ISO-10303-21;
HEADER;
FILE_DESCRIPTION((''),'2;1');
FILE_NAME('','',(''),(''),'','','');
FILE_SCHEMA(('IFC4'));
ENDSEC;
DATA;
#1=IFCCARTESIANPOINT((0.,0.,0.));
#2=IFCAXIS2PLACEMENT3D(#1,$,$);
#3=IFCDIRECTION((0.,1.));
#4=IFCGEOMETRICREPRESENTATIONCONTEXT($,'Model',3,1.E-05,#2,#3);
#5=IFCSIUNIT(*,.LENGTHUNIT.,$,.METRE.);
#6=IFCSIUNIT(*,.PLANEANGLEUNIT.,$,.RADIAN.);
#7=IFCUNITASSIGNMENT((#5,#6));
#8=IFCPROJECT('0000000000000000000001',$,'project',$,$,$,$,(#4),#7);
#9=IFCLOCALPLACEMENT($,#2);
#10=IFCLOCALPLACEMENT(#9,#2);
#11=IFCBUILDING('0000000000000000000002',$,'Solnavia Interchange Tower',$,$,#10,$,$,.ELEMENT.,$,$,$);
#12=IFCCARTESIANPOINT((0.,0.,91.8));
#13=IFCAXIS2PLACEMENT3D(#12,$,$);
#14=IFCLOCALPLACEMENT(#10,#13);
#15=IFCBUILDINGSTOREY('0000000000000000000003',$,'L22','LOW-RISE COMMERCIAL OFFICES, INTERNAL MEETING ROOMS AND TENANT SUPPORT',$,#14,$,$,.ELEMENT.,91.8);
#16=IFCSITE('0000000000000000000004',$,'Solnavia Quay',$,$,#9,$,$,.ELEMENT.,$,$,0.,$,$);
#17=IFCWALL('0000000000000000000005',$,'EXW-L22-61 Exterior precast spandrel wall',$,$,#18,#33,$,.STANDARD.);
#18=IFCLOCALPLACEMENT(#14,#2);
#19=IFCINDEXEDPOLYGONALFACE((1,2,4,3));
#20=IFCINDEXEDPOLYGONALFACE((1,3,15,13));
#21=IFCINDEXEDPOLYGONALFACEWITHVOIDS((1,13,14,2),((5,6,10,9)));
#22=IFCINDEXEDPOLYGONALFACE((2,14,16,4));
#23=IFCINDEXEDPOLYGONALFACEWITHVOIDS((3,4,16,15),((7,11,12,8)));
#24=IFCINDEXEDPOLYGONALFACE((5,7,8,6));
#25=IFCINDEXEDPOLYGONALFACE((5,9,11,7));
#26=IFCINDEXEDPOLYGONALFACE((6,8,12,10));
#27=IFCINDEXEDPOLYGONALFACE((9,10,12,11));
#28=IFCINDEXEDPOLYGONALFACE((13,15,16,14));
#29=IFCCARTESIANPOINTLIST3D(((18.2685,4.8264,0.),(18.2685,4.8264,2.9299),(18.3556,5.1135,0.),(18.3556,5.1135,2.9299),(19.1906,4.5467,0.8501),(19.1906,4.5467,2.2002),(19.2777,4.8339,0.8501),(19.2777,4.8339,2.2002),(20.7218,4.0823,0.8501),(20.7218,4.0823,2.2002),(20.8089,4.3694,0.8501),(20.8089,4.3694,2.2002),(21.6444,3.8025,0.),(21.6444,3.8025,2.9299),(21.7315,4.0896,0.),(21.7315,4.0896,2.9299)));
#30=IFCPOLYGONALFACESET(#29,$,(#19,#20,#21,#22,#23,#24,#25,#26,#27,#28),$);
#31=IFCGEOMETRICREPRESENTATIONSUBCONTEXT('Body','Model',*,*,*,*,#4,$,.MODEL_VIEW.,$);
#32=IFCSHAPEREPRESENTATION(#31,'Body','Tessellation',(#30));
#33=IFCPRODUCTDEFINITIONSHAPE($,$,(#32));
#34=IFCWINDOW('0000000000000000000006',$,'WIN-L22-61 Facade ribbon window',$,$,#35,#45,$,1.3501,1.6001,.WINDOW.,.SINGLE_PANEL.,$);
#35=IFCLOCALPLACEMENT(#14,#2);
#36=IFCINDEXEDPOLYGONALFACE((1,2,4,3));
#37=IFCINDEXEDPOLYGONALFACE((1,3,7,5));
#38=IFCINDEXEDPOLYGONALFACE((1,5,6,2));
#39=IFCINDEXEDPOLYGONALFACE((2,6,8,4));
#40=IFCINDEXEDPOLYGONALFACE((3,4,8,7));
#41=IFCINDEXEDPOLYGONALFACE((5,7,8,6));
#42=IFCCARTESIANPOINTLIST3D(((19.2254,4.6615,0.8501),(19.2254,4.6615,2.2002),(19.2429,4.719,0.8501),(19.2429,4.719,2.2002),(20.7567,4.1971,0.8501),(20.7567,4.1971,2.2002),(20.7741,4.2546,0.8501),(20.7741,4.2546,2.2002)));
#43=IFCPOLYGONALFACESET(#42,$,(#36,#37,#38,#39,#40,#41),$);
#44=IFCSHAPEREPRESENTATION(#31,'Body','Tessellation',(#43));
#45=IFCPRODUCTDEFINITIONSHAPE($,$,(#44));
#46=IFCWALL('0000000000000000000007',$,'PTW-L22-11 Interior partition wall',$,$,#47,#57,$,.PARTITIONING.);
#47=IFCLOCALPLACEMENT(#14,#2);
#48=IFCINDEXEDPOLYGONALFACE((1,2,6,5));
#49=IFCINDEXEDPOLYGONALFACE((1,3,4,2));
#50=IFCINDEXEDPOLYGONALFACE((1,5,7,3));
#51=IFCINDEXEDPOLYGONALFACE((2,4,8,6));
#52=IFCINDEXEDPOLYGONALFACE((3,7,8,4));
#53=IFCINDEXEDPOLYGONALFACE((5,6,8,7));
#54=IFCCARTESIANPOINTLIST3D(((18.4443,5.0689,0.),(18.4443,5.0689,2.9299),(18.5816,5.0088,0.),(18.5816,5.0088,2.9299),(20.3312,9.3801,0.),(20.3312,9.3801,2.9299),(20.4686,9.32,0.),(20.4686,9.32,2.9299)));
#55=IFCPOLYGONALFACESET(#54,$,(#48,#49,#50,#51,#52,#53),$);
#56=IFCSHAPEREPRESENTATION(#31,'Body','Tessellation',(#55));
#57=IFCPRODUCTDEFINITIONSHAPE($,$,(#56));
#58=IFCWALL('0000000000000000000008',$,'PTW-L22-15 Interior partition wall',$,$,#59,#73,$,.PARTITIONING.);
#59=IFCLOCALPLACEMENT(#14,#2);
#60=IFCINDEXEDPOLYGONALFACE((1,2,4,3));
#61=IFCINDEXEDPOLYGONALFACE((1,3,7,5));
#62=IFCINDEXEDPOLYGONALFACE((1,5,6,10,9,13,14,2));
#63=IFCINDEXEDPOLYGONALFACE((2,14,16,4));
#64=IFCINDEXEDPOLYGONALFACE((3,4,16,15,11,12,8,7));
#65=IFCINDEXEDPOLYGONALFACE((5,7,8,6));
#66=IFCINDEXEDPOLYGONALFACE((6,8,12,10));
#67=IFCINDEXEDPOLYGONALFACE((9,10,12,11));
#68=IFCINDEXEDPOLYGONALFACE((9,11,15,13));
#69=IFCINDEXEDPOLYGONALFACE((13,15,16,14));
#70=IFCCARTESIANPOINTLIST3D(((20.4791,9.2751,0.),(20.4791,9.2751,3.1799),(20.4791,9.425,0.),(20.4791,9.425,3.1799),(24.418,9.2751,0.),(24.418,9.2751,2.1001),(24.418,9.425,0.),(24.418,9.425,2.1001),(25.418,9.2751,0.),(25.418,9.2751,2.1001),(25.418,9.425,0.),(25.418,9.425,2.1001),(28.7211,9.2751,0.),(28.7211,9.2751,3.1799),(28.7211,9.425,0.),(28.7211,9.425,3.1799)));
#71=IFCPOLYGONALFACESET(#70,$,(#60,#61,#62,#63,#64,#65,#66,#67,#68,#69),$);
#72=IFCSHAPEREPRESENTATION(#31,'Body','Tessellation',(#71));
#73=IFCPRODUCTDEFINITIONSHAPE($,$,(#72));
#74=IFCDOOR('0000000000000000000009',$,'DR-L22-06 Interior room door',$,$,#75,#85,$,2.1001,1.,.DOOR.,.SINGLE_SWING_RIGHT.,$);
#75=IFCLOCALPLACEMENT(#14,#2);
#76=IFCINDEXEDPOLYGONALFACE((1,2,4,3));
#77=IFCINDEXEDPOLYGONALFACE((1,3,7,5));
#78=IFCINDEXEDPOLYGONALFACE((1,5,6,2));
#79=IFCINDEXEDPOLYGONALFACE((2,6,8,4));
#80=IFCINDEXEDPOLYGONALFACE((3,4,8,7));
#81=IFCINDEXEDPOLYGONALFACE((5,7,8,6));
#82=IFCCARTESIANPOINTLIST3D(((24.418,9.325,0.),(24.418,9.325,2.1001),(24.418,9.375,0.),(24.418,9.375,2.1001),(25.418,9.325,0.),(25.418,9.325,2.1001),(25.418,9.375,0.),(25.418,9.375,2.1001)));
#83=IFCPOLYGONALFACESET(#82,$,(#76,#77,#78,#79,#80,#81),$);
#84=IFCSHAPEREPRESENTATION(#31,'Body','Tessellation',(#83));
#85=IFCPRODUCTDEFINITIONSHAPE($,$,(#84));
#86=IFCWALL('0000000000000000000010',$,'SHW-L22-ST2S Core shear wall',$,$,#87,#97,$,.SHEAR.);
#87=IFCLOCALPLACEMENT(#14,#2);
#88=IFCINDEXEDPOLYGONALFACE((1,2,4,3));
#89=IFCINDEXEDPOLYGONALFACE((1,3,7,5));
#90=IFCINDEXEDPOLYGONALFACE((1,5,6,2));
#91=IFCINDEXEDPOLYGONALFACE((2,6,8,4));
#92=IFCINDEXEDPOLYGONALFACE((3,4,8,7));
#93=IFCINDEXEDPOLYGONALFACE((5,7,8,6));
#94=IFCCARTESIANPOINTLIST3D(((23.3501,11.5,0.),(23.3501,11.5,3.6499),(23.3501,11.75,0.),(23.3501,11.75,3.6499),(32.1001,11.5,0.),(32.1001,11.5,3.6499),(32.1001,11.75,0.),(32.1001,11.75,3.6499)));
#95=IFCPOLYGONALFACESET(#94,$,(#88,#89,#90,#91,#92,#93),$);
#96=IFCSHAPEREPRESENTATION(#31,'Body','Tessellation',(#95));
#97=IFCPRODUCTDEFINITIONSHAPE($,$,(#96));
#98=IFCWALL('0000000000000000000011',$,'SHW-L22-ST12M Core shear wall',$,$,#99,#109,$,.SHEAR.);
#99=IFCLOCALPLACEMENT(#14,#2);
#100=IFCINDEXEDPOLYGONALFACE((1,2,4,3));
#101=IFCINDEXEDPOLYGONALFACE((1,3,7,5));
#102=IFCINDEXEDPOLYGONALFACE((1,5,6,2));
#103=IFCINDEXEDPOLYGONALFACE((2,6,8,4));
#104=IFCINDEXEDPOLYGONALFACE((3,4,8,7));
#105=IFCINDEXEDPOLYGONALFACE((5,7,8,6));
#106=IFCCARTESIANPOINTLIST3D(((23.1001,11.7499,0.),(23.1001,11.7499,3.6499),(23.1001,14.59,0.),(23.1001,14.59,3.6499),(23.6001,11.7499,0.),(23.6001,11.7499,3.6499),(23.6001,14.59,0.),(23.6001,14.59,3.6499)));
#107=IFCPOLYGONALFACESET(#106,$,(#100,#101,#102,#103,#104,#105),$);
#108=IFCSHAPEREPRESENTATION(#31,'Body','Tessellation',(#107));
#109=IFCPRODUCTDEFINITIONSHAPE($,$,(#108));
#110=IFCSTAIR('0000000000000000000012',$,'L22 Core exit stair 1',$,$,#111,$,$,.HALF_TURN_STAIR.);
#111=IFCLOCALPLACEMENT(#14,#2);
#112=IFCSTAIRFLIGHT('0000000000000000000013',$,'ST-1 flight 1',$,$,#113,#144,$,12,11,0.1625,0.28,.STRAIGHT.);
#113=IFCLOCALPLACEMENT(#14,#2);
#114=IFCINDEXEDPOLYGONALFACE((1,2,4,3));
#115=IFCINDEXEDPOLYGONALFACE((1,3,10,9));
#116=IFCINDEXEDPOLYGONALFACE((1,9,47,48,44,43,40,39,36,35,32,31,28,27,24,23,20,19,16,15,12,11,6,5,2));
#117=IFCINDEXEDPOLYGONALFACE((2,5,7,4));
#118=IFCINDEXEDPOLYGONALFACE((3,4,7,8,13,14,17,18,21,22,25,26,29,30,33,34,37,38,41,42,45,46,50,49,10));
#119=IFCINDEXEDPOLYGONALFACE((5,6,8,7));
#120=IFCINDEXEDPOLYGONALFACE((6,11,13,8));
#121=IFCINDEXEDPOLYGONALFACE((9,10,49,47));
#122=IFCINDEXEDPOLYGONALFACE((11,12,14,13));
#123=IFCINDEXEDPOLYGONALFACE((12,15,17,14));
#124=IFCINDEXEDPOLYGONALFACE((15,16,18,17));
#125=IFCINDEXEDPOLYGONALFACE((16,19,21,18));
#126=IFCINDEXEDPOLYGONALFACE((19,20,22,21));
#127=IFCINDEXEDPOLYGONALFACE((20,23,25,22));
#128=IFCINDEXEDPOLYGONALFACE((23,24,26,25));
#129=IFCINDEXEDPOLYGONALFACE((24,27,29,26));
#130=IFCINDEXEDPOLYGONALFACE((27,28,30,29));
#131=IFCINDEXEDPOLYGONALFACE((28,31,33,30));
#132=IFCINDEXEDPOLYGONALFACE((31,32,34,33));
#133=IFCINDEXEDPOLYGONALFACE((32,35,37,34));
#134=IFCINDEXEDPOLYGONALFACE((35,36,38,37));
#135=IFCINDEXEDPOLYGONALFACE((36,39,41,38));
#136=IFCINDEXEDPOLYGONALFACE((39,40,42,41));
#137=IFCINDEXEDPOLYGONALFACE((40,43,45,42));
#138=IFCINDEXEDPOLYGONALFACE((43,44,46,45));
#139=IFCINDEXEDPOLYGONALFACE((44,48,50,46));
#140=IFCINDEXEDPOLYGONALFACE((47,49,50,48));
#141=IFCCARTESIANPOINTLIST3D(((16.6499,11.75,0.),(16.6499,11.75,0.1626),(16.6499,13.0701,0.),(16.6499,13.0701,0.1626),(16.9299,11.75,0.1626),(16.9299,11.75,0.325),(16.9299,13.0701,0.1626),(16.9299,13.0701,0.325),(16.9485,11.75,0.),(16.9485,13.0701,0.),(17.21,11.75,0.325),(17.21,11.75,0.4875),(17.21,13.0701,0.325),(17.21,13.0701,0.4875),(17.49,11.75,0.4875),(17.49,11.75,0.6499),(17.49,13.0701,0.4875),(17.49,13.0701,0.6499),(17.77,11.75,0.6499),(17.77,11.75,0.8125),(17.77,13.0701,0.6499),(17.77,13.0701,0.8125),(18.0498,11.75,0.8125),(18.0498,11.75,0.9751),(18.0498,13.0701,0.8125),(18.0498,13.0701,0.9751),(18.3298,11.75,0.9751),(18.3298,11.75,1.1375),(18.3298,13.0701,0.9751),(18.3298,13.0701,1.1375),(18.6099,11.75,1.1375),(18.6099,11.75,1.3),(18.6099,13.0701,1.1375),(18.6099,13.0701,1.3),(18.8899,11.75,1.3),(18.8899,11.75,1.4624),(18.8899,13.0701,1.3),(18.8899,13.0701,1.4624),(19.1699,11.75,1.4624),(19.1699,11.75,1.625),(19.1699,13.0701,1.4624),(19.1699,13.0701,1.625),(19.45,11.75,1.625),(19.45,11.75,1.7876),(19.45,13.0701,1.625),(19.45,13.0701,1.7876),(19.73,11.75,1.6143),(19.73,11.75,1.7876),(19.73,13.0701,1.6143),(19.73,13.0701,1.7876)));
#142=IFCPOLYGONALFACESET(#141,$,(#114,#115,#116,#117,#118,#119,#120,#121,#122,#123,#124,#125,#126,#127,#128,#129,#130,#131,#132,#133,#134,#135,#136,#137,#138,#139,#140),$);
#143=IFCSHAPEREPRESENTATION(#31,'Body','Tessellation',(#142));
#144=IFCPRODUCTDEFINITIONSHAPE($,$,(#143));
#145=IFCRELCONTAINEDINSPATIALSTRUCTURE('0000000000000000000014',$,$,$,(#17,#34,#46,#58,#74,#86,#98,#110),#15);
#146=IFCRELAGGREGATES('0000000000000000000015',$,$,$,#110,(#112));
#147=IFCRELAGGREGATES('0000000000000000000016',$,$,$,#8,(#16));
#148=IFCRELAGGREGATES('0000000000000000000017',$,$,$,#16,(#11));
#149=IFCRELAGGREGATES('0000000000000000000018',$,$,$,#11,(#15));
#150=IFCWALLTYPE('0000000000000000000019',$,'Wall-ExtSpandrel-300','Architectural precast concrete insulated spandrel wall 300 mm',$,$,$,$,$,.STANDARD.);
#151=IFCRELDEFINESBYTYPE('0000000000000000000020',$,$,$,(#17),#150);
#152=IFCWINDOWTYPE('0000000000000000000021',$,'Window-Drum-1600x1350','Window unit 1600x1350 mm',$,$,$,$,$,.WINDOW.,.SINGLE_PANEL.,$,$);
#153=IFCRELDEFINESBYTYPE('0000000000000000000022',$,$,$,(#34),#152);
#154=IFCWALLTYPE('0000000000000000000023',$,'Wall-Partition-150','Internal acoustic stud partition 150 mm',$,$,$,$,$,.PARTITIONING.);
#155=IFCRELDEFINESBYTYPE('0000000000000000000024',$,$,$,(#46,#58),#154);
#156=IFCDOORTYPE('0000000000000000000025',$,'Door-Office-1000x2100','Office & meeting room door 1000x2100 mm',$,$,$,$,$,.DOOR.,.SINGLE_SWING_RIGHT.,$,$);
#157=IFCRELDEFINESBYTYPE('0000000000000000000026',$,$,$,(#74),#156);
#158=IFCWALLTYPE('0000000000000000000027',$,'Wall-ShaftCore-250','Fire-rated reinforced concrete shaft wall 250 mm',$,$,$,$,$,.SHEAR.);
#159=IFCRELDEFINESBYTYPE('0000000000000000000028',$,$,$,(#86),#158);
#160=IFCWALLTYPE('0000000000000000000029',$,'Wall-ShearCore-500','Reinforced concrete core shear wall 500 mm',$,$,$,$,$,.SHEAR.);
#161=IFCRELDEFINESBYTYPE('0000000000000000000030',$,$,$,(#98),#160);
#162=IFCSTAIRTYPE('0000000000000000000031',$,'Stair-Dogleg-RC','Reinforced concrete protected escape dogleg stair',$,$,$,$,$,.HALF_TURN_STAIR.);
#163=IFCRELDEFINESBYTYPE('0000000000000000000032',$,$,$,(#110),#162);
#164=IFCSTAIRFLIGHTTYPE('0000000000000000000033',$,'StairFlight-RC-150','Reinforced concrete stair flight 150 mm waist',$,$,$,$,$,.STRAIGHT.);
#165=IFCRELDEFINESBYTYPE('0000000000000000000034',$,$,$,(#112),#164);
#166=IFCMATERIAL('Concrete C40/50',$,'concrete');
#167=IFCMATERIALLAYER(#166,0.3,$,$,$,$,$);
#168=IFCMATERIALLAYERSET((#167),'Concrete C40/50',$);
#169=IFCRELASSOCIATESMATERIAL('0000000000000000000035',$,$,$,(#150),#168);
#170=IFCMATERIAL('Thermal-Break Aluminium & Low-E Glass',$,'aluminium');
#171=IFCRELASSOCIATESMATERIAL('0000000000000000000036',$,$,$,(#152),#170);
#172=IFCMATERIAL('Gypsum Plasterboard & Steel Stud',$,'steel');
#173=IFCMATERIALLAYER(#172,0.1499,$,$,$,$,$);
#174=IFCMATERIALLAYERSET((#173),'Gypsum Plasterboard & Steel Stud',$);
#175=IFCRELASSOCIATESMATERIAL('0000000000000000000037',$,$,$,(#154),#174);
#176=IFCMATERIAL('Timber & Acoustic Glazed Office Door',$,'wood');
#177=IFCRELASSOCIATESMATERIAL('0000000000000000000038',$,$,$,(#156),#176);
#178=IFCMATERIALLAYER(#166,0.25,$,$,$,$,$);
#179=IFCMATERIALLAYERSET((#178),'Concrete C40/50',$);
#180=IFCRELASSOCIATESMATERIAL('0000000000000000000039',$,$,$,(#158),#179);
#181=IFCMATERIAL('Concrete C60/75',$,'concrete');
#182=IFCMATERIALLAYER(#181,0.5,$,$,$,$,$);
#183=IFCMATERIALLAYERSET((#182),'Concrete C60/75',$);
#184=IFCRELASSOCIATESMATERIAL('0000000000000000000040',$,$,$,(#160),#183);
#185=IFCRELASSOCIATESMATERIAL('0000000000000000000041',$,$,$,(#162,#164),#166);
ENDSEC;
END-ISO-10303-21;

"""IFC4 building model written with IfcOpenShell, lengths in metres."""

from ifc_helpers import new_model, si_unit, direction, frame, frame_2d, origin, place, context, subcontext, project, spatial, polyline, rectangle, outline, extrude, material, layer, layer_set, type_object, element, fill, aggregate, save


model = new_model("IFC4")

# Units and contexts
model_context = context("Model", 3, precision=1e-05, world=origin(), true_north=direction((0.0, 1.0)))
body_context = subcontext(model_context, "Body", "Model", "MODEL_VIEW")
ifc_project = project(units=[si_unit("LENGTHUNIT", "METRE"), si_unit("PLANEANGLEUNIT", "RADIAN")], contexts=[model_context])

# Site, building, storey
site_placement = place(None, origin())
site = spatial("IfcSite", under=ifc_project, at=site_placement, Name="Solnavia Quay", CompositionType="ELEMENT", RefElevation=0.0)
building_placement = place(site_placement, origin())
building = spatial("IfcBuilding", under=site, at=building_placement, Name="Solnavia Interchange Tower", CompositionType="ELEMENT")
storey_placement = place(building_placement, frame((0.0, 0.0, 91.8)))
storey = spatial("IfcBuildingStorey", under=building, at=storey_placement, Name="L22", Description="LOW-RISE COMMERCIAL OFFICES, INTERNAL MEETING ROOMS AND TENANT SUPPORT", CompositionType="ELEMENT", Elevation=91.8)

# Shared definitions
ifc_material_1 = material(Name="Concrete C60/75", Category="concrete")

# Wall, opening, window
ifc_material_2 = material(Name="Concrete C40/50", Category="concrete")
ifc_layer_1 = layer(ifc_material_2, 0.3)
ifc_layer_set_1 = layer_set([ifc_layer_1], Name="Concrete C40/50")
wall_type_1 = type_object("IfcWallType", Name="Wall-ExtSpandrel-300", Description="Architectural precast concrete insulated spandrel wall 300 mm", PredefinedType="STANDARD", material=ifc_layer_set_1)
ifc_material_3 = material(Name="Thermal-Break Aluminium & Low-E Glass", Category="aluminium")
window_type = type_object("IfcWindowType", Name="Window-Drum-1600x1350", Description="Window unit 1600x1350 mm", PartitioningType="SINGLE_PANEL", PredefinedType="WINDOW", material=ifc_material_3)
wall_1_placement = place(storey_placement, frame((21.688, 3.946, 0.0), z_axis=(0.0, 0.0, 1.0), x_axis=(-0.956953, 0.290242, 0.0)))
wall_1 = element("IfcWall", 1, at=wall_1_placement, inside=storey, type_object=wall_type_1, Name="EXW-L22-61 Exterior precast spandrel wall", PredefinedType="STANDARD", context=body_context, shape_type="SweptSolid", body=[
    extrude(rectangle(XDim=3.5278, YDim=0.3, at=frame_2d((1.7639, 0.0))), origin(), (0.0, 0.0, 1.0), 2.9299),
])
opening_1_placement = place(wall_1_placement, frame((0.9641, 0.0, 0.8501)))
opening_1 = element("IfcOpeningElement", 2, at=opening_1_placement, cuts=wall_1, PredefinedType="OPENING", context=body_context, shape_type="SweptSolid", body=[
    extrude(rectangle(XDim=1.6001, YDim=1.3501, at=frame_2d((0.8, 0.675))), frame((0.0, 0.1602, 0.0), z_axis=(0.0, -1.0, 0.0), x_axis=(1.0, 0.0, 0.0)), (0.0, 0.0, 1.0), 0.3201),
])
window_1_placement = place(opening_1_placement, origin())
window_1 = element("IfcWindow", 3, at=window_1_placement, inside=storey, type_object=window_type, Name="WIN-L22-61 Facade ribbon window", OverallHeight=1.3501, OverallWidth=1.6001, PartitioningType="SINGLE_PANEL", PredefinedType="WINDOW", context=body_context, shape_type="SweptSolid", body=[
    extrude(rectangle(XDim=1.6001, YDim=1.3501, at=frame_2d((0.8, 0.675))), frame((0.0, 0.03, 0.0), z_axis=(0.0, -1.0, 0.0), x_axis=(1.0, 0.0, 0.0)), (0.0, 0.0, 1.0), 0.0601),
])
fill(opening_1, window_1)

# Wall
ifc_material_4 = material(Name="Gypsum Plasterboard & Steel Stud", Category="steel")
ifc_layer_2 = layer(ifc_material_4, 0.1499)
ifc_layer_set_2 = layer_set([ifc_layer_2], Name="Gypsum Plasterboard & Steel Stud")
wall_type_2 = type_object("IfcWallType", Name="Wall-Partition-150", Description="Internal acoustic stud partition 150 mm", PredefinedType="PARTITIONING", material=ifc_layer_set_2)
wall_2_placement = place(storey_placement, frame((20.3999, 9.3501, 0.0), z_axis=(0.0, 0.0, 1.0), x_axis=(-0.400958, -0.916097, 0.0)))
element("IfcWall", 4, at=wall_2_placement, inside=storey, type_object=wall_type_2, Name="PTW-L22-11 Interior partition wall", PredefinedType="PARTITIONING", context=body_context, shape_type="SweptSolid", body=[
    extrude(rectangle(XDim=4.7061, YDim=0.1499, at=frame_2d((2.353, 0.0))), origin(), (0.0, 0.0, 1.0), 2.9299),
])

# Wall, opening, door
wall_3_placement = place(storey_placement, frame((20.479, 9.3501, 0.0), z_axis=(0.0, 0.0, 1.0), x_axis=(1.0, 0.0, 0.0)))
wall_3 = element("IfcWall", 5, at=wall_3_placement, inside=storey, type_object=wall_type_2, Name="PTW-L22-15 Interior partition wall", PredefinedType="PARTITIONING", context=body_context, shape_type="SweptSolid", body=[
    extrude(rectangle(XDim=8.2419, YDim=0.1499, at=frame_2d((4.1211, 0.0))), origin(), (0.0, 0.0, 1.0), 3.1799),
])
opening_2_placement = place(wall_3_placement, frame((3.939, 0.0, 0.0)))
opening_2 = element("IfcOpeningElement", 6, at=opening_2_placement, cuts=wall_3, PredefinedType="OPENING", context=body_context, shape_type="SweptSolid", body=[
    extrude(rectangle(XDim=1.0, YDim=2.1001, at=frame_2d((0.5, 1.05))), frame((0.0, 0.085, 0.0), z_axis=(0.0, -1.0, 0.0), x_axis=(1.0, 0.0, 0.0)), (0.0, 0.0, 1.0), 0.1699),
])
ifc_material_5 = material(Name="Timber & Acoustic Glazed Office Door", Category="wood")
door_type = type_object("IfcDoorType", Name="Door-Office-1000x2100", Description="Office & meeting room door 1000x2100 mm", OperationType="SINGLE_SWING_RIGHT", PredefinedType="DOOR", material=ifc_material_5)
door_placement = place(opening_2_placement, origin())
door = element("IfcDoor", 7, at=door_placement, inside=storey, type_object=door_type, Name="DR-L22-06 Interior room door", OperationType="SINGLE_SWING_RIGHT", OverallHeight=2.1001, OverallWidth=1.0, PredefinedType="DOOR", context=body_context, shape_type="SweptSolid", body=[
    extrude(rectangle(XDim=1.0, YDim=2.1001, at=frame_2d((0.5, 1.05))), frame((0.0, 0.0249, 0.0), z_axis=(0.0, -1.0, 0.0), x_axis=(1.0, 0.0, 0.0)), (0.0, 0.0, 1.0), 0.05),
])
fill(opening_2, door)

# Walls
ifc_layer_3 = layer(ifc_material_2, 0.25)
ifc_layer_set_3 = layer_set([ifc_layer_3], Name="Concrete C40/50")
wall_type_3 = type_object("IfcWallType", Name="Wall-ShaftCore-250", Description="Fire-rated reinforced concrete shaft wall 250 mm", PredefinedType="SHEAR", material=ifc_layer_set_3)
wall_4_placement = place(storey_placement, frame((23.3501, 11.625, 0.0), z_axis=(0.0, 0.0, 1.0), x_axis=(1.0, 0.0, 0.0)))
element("IfcWall", 8, at=wall_4_placement, inside=storey, type_object=wall_type_3, Name="SHW-L22-ST2S Core shear wall", PredefinedType="SHEAR", context=body_context, shape_type="SweptSolid", body=[
    extrude(rectangle(XDim=8.75, YDim=0.25, at=frame_2d((4.375, 0.0))), origin(), (0.0, 0.0, 1.0), 3.6499),
])
ifc_layer_4 = layer(ifc_material_1, 0.5)
ifc_layer_set_4 = layer_set([ifc_layer_4], Name="Concrete C60/75")
wall_type_4 = type_object("IfcWallType", Name="Wall-ShearCore-500", Description="Reinforced concrete core shear wall 500 mm", PredefinedType="SHEAR", material=ifc_layer_set_4)
wall_5_placement = place(storey_placement, frame((23.3501, 11.75, 0.0), z_axis=(0.0, 0.0, 1.0), x_axis=(0.0, 1.0, 0.0)))
element("IfcWall", 9, at=wall_5_placement, inside=storey, type_object=wall_type_4, Name="SHW-L22-ST12M Core shear wall", PredefinedType="SHEAR", context=body_context, shape_type="SweptSolid", body=[
    extrude(rectangle(XDim=2.8401, YDim=0.5, at=frame_2d((1.4199, 0.0))), origin(), (0.0, 0.0, 1.0), 3.6499),
])

# Stair, stair flight
stair_type = type_object("IfcStairType", Name="Stair-Dogleg-RC", Description="Reinforced concrete protected escape dogleg stair", PredefinedType="HALF_TURN_STAIR", material=ifc_material_2)
stair_placement = place(storey_placement, origin())
stair = element("IfcStair", 10, at=stair_placement, inside=storey, type_object=stair_type, Name="L22 Core exit stair 1", PredefinedType="HALF_TURN_STAIR")
stair_flight_type = type_object("IfcStairFlightType", Name="StairFlight-RC-150", Description="Reinforced concrete stair flight 150 mm waist", PredefinedType="STRAIGHT", material=ifc_material_2)
stair_flight_placement = place(storey_placement, frame((16.6499, 12.4099, 0.0), z_axis=(0.0, 0.0, 1.0), x_axis=(1.0, 0.0, 0.0)))
stair_flight = element("IfcStairFlight", 11, at=stair_flight_placement, type_object=stair_flight_type, Name="ST-1 flight 1", NumberOfRisers=12, NumberOfTreads=11, PredefinedType="STRAIGHT", RiserHeight=0.1625, TreadLength=0.28, context=body_context, shape_type="SweptSolid", body=[
    extrude(outline(polyline([(0.0, 0.0), (0.0, 0.1626), (0.28, 0.1626), (0.28, 0.325), (0.5601, 0.325), (0.5601, 0.4875), (0.8401, 0.4875), (0.8401, 0.6499), (1.1201, 0.6499), (1.1201, 0.8125), (1.3999, 0.8125), (1.3999, 0.9751), (1.6799, 0.9751), (1.6799, 1.1375), (1.96, 1.1375), (1.96, 1.3), (2.24, 1.3), (2.24, 1.4624), (2.52, 1.4624), (2.52, 1.625), (2.8, 1.625), (2.8, 1.7876), (3.0801, 1.7876), (3.0801, 1.95), (3.0801, 1.6143), (0.2986, 0.0), (0.0, 0.0)])), frame((0.0, 0.6602, 0.0), z_axis=(0.0, -1.0, 0.0), x_axis=(1.0, 0.0, 0.0)), (0.0, 0.0, 1.0), 1.3201),
])
aggregate(stair, [stair_flight])

save(model, "model.ifc")
